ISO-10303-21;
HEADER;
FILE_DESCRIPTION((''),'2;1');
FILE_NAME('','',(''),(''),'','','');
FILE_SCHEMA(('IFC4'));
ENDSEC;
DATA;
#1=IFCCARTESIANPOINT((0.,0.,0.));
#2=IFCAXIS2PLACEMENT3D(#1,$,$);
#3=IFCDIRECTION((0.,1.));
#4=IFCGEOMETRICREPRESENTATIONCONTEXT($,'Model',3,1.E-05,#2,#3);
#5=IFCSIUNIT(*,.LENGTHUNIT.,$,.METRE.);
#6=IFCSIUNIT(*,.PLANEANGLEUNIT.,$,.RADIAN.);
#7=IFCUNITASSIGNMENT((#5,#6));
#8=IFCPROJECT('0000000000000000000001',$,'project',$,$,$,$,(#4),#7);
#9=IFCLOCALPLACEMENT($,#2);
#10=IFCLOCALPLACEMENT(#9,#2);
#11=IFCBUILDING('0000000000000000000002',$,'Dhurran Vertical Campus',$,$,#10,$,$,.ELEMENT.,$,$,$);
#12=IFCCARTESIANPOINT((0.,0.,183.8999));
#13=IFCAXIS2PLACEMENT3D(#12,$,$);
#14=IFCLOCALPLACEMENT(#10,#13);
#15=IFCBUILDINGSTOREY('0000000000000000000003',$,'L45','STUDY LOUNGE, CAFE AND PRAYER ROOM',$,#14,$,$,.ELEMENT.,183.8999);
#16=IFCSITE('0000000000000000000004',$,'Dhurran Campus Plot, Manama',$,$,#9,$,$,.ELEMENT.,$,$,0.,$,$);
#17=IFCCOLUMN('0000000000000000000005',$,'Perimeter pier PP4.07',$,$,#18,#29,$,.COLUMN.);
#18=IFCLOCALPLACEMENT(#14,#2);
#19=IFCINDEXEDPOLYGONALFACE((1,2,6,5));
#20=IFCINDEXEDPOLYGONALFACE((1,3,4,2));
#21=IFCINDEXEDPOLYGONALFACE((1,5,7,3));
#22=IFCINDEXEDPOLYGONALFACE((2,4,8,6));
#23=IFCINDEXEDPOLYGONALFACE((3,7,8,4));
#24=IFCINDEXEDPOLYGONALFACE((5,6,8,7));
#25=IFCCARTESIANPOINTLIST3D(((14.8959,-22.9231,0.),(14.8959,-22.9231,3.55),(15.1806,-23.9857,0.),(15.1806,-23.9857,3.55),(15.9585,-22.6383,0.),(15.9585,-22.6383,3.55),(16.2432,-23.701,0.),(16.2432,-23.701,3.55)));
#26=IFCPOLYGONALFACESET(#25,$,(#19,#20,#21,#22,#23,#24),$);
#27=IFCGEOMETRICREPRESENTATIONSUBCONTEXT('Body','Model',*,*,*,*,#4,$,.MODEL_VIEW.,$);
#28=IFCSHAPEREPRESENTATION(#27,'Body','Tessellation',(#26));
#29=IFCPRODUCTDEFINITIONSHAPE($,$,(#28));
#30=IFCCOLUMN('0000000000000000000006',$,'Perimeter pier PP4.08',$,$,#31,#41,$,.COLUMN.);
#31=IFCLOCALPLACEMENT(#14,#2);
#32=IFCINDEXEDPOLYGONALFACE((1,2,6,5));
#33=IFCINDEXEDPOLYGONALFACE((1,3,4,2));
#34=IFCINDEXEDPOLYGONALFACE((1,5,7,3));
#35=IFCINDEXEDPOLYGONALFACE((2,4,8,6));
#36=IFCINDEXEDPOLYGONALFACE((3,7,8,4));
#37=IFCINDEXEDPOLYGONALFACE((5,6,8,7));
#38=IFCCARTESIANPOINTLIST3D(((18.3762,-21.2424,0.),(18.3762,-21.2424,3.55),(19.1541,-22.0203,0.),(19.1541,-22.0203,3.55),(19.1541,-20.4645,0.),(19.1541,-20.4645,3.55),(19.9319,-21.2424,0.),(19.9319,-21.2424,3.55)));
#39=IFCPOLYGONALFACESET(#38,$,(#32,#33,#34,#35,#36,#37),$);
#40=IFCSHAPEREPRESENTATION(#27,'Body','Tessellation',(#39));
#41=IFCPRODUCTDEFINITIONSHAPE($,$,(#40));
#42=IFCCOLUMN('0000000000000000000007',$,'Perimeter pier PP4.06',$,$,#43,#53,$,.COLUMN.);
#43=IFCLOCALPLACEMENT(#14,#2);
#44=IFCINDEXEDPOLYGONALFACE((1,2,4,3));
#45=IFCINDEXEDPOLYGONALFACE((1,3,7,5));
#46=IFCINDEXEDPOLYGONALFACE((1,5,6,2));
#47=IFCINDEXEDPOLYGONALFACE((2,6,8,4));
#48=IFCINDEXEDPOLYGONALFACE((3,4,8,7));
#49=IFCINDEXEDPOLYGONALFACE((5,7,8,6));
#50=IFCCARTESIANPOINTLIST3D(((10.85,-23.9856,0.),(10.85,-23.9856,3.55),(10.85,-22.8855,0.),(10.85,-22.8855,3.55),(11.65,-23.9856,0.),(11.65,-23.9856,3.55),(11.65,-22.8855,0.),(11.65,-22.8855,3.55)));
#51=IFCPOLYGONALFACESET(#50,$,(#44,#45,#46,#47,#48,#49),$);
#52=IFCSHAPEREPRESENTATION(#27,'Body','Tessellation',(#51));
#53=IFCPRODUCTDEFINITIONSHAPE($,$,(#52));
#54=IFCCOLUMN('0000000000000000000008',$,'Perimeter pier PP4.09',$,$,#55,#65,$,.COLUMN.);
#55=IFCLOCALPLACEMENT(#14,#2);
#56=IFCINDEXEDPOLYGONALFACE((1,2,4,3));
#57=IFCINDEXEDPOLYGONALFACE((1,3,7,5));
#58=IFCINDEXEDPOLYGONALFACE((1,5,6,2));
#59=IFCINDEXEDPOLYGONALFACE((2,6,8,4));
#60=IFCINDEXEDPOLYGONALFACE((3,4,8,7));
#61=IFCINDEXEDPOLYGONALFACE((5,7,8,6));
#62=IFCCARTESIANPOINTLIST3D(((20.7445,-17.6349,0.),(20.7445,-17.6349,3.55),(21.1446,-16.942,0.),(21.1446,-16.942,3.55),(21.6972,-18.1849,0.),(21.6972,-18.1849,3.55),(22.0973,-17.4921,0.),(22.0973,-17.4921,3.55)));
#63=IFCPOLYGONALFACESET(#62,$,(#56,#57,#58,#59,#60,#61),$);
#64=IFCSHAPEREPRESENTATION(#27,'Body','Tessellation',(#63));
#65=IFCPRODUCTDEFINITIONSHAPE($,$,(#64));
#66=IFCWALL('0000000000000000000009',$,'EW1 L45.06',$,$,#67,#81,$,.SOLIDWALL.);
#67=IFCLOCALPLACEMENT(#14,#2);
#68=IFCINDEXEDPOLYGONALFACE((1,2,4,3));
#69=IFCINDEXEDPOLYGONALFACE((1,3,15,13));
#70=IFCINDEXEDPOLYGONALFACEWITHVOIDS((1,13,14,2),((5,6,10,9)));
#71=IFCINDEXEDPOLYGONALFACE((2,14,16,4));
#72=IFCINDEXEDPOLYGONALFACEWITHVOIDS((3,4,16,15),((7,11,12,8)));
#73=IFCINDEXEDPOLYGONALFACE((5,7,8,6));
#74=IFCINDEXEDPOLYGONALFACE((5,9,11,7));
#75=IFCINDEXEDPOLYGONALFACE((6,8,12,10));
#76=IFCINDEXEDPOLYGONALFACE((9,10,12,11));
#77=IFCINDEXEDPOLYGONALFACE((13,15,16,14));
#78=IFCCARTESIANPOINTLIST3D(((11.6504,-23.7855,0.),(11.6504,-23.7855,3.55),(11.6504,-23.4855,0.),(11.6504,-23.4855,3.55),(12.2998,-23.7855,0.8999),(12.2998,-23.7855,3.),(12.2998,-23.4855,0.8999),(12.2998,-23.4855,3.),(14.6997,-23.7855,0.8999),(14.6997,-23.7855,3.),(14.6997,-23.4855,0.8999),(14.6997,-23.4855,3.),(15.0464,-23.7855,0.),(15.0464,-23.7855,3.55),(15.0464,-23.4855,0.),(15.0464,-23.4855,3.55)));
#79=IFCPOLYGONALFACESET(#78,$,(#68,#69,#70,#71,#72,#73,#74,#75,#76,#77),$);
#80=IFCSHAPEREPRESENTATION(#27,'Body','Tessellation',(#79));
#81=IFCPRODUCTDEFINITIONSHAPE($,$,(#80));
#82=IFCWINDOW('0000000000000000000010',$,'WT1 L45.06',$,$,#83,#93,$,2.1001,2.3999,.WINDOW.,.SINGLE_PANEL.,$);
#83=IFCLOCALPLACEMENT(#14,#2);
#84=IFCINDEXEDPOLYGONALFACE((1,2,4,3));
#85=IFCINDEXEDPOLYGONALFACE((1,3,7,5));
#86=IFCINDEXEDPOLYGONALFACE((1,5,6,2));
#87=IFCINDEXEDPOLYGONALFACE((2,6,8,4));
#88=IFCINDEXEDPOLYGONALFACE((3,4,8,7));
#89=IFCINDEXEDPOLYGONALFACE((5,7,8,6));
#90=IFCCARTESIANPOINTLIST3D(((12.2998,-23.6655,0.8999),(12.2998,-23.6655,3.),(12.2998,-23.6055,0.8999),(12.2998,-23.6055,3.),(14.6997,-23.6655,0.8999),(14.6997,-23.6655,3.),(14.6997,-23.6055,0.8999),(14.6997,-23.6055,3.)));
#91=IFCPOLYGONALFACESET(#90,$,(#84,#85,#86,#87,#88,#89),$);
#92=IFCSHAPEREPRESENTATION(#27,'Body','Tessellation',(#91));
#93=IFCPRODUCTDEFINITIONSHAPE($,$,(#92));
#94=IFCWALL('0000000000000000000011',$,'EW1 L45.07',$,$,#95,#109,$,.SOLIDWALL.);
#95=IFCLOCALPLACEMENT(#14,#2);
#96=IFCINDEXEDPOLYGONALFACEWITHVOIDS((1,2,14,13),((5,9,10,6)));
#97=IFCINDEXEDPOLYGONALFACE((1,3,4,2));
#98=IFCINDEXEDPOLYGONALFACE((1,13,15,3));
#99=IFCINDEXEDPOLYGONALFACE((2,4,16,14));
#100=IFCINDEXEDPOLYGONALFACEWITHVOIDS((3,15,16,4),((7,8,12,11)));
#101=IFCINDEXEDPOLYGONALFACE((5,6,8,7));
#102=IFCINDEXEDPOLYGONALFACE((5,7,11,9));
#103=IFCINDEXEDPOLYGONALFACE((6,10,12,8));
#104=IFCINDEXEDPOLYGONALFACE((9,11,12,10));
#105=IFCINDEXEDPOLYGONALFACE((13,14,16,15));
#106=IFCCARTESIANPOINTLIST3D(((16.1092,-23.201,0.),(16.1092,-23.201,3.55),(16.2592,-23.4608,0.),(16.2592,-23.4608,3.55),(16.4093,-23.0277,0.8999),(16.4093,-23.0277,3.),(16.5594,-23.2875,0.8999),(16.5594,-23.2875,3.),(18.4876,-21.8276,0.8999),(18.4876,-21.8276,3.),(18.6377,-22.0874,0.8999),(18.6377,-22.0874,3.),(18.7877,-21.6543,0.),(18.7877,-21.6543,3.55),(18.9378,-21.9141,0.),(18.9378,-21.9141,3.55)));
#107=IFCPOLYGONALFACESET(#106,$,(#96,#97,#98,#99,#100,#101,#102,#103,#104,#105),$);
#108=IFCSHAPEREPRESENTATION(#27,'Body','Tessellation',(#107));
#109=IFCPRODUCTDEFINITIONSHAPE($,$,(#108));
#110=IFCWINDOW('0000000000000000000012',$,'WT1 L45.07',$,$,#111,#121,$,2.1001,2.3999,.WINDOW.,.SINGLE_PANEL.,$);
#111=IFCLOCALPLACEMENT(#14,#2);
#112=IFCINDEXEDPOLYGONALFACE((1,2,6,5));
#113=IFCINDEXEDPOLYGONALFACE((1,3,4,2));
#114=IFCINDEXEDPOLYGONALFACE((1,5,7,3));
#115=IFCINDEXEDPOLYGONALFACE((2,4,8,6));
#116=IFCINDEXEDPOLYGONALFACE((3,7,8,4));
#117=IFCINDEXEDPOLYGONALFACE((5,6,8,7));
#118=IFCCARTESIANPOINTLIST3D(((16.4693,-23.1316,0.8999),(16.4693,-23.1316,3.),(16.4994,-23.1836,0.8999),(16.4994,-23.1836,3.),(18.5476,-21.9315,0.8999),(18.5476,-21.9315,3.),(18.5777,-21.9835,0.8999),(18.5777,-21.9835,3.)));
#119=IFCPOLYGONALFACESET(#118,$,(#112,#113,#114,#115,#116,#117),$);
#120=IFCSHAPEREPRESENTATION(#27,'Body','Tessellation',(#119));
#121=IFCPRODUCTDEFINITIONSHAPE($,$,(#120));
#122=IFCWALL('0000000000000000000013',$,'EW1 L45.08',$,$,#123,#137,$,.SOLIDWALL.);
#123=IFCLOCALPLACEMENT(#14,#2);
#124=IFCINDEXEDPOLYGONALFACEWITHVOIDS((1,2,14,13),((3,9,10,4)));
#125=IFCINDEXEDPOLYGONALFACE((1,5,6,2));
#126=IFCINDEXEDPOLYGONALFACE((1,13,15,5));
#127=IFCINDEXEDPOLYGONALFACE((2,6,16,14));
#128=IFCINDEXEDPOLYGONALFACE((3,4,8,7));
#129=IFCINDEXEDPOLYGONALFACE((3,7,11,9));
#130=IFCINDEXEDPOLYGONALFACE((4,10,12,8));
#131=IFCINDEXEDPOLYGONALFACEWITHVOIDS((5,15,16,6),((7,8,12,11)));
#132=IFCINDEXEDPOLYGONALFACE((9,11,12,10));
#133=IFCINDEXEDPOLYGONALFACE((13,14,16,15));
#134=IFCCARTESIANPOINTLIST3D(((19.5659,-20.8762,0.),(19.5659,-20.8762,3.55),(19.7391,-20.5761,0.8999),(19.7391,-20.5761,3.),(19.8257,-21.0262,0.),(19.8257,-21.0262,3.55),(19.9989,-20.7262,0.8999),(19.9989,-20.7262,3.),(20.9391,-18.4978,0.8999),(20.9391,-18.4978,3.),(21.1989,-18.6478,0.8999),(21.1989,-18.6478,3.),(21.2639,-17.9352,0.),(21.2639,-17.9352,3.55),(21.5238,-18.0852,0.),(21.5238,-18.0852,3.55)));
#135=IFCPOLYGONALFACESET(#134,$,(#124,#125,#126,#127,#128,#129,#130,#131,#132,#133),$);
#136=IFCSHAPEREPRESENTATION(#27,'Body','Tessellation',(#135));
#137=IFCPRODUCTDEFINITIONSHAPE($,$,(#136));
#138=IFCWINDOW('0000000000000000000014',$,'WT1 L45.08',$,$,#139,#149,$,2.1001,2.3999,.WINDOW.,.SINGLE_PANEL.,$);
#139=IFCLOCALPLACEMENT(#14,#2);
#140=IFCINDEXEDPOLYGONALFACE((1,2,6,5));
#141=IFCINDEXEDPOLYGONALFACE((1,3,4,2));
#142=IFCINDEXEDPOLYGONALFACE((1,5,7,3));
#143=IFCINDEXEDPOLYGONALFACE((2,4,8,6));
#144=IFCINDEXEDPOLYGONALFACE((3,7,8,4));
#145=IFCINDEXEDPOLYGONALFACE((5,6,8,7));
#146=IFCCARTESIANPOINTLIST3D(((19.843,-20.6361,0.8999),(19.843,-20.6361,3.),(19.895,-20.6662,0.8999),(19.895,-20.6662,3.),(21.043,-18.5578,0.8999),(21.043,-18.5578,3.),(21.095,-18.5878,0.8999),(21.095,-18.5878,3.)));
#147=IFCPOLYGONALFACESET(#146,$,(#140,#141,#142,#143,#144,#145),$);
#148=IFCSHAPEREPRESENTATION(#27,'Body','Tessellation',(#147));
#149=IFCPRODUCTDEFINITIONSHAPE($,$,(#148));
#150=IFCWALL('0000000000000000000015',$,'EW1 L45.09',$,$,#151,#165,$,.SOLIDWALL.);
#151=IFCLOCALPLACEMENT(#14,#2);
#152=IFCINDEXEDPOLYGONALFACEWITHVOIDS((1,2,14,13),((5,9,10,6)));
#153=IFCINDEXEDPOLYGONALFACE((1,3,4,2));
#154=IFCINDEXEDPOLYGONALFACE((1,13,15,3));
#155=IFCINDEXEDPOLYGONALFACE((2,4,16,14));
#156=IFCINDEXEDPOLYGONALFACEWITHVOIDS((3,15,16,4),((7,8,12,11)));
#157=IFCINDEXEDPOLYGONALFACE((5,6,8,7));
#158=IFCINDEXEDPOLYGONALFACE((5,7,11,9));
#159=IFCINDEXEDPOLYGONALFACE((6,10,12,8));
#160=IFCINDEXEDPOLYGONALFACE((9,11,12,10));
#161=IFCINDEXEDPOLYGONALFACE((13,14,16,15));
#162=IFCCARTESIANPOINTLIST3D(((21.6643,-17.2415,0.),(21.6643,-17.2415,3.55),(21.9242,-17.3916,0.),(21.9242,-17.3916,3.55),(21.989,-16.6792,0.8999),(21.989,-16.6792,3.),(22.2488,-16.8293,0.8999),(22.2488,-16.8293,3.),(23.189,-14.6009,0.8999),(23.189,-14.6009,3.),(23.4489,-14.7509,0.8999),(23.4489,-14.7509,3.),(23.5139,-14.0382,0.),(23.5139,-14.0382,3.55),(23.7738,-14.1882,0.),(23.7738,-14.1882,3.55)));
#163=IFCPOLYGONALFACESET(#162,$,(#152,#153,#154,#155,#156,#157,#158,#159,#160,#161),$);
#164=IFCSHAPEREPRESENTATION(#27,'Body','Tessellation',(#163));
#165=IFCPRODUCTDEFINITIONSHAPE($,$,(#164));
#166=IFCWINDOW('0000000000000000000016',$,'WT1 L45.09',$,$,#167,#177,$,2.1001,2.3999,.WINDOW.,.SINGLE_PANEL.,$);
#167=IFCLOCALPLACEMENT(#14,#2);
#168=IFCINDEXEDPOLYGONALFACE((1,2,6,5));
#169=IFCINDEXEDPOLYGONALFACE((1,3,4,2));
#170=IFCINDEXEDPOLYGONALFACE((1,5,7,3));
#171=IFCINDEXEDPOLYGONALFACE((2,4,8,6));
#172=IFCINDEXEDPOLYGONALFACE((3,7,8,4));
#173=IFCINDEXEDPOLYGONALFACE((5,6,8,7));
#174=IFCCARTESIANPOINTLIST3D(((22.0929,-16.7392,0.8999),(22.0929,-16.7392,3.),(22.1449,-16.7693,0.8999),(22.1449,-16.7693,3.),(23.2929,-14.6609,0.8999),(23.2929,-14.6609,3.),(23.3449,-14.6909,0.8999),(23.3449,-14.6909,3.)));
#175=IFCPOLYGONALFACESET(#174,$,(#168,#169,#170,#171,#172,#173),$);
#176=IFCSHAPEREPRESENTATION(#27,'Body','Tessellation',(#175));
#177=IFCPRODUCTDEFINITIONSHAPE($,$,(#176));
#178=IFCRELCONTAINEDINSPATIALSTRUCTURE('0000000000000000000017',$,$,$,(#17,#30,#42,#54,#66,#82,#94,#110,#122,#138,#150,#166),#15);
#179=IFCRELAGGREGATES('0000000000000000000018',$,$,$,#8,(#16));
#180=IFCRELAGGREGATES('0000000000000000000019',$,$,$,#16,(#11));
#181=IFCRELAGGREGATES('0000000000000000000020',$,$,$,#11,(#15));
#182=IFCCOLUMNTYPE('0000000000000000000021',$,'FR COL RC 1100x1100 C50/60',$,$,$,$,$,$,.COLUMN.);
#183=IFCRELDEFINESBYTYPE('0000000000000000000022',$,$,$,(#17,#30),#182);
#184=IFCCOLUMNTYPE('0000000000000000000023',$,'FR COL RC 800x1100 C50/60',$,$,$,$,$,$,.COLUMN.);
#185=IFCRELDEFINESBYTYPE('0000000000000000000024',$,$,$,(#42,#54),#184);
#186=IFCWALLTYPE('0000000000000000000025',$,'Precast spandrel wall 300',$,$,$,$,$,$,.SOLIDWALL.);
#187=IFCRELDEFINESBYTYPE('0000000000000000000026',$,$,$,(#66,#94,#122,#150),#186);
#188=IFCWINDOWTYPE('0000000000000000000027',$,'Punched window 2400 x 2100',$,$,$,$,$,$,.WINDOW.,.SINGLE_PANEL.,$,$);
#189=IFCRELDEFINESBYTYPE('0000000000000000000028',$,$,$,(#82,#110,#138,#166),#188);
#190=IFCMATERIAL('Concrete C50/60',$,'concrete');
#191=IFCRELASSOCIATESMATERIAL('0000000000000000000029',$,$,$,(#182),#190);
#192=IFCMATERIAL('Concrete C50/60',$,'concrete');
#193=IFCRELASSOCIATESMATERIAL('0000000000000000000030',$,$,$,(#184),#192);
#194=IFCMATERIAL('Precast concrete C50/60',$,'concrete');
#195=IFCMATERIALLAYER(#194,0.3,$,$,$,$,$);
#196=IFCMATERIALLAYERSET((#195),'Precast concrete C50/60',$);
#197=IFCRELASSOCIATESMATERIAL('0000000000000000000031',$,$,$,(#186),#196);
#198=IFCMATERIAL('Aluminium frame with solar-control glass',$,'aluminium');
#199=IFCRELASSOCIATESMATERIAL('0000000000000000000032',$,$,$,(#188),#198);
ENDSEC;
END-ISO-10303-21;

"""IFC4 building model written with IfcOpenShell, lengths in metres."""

from ifc_helpers import new_model, si_unit, direction, frame, frame_2d, origin, origin_2d, place, context, subcontext, project, spatial, rectangle, extrude, material, layer, layer_set, material_profile, profile_set, type_object, element, fill, save


model = new_model("IFC4")

# Units and contexts
model_context = context("Model", 3, precision=1e-05, world=origin(), true_north=direction((0.0, 1.0)))
body_context = subcontext(model_context, "Body", "Model", "MODEL_VIEW")
ifc_project = project(units=[si_unit("LENGTHUNIT", "METRE"), si_unit("PLANEANGLEUNIT", "RADIAN")], contexts=[model_context])

# Site, building, storey
site_placement = place(None, origin())
site = spatial("IfcSite", under=ifc_project, at=site_placement, Name="Dhurran Campus Plot, Manama", CompositionType="ELEMENT", RefElevation=0.0)
building_placement = place(site_placement, origin())
building = spatial("IfcBuilding", under=site, at=building_placement, Name="Dhurran Vertical Campus", CompositionType="ELEMENT")
storey_placement = place(building_placement, frame((0.0, 0.0, 183.8999)))
storey = spatial("IfcBuildingStorey", under=building, at=storey_placement, Name="L45", Description="STUDY LOUNGE, CAFE AND PRAYER ROOM", CompositionType="ELEMENT", Elevation=183.8999)

# Columns
ifc_material_1 = material(Name="Concrete C50/60", Category="concrete")
ifc_material_profile_1 = material_profile(ifc_material_1, rectangle(XDim=1.1001, YDim=1.1001, at=origin_2d()), Name="RC 1100x1100")
ifc_profile_set_1 = profile_set([ifc_material_profile_1], Name="Concrete C50/60")
column_type_1 = type_object("IfcColumnType", Name="FR COL RC 1100x1100 C50/60", PredefinedType="COLUMN", material=ifc_profile_set_1)
for number, where, z_axis, x_axis, name in (
    (1, (15.5696, -23.312, 0.0), (0.0, 0.0, 1.0), (0.965926, 0.258819, 0.0), "Perimeter pier PP4.07"),
    (2, (19.1541, -21.2424, 0.0), (0.0, 0.0, 1.0), (0.707107, 0.707107, 0.0), "Perimeter pier PP4.08"),
):
    element("IfcColumn", number, at=place(storey_placement, frame(where, z_axis=z_axis, x_axis=x_axis)), inside=storey, type_object=column_type_1, Name=name, PredefinedType="COLUMN", context=body_context, shape_type="SweptSolid", body=[
        extrude(rectangle(XDim=1.1001, YDim=1.1001, at=origin_2d()), origin(), (0.0, 0.0, 1.0), 3.55),
    ])
ifc_material_2 = material(Name="Concrete C50/60", Category="concrete")
ifc_material_profile_2 = material_profile(ifc_material_2, rectangle(XDim=0.8, YDim=1.1001, at=origin_2d()), Name="RC 800x1100")
ifc_profile_set_2 = profile_set([ifc_material_profile_2], Name="Concrete C50/60")
column_type_2 = type_object("IfcColumnType", Name="FR COL RC 800x1100 C50/60", PredefinedType="COLUMN", material=ifc_profile_set_2)
for number, where, z_axis, x_axis, name in (
    (3, (11.25, -23.4355, 0.0), (0.0, 0.0, 1.0), (1.0, 0.0, 0.0), "Perimeter pier PP4.06"),
    (4, (21.4209, -17.5635, 0.0), (0.0, 0.0, 1.0), (0.5, 0.866025, 0.0), "Perimeter pier PP4.09"),
):
    element("IfcColumn", number, at=place(storey_placement, frame(where, z_axis=z_axis, x_axis=x_axis)), inside=storey, type_object=column_type_2, Name=name, PredefinedType="COLUMN", context=body_context, shape_type="SweptSolid", body=[
        extrude(rectangle(XDim=0.8, YDim=1.1001, at=origin_2d()), origin(), (0.0, 0.0, 1.0), 3.55),
    ])

# Walls, openings, windows
ifc_material_3 = material(Name="Precast concrete C50/60", Category="concrete")
ifc_layer_1 = layer(ifc_material_3, 0.3)
ifc_layer_set_1 = layer_set([ifc_layer_1], Name="Precast concrete C50/60")
wall_type_1 = type_object("IfcWallType", Name="Precast spandrel wall 300", PredefinedType="SOLIDWALL", material=ifc_layer_set_1)
wall_1_placement = place(storey_placement, frame((11.6504, -23.6355, 0.0), z_axis=(0.0, 0.0, 1.0), x_axis=(1.0, 0.0, 0.0)))
wall_1 = element("IfcWall", 5, at=wall_1_placement, inside=storey, type_object=wall_type_1, Name="EW1 L45.06", PredefinedType="SOLIDWALL", context=body_context, shape_type="SweptSolid", body=[
    extrude(rectangle(XDim=3.396, YDim=0.3, at=frame_2d((1.698, 0.0))), origin(), (0.0, 0.0, 1.0), 3.55),
])
opening_1_placement = place(wall_1_placement, frame((0.6494, 0.0, 0.8999)))
opening_1 = element("IfcOpeningElement", 6, at=opening_1_placement, cuts=wall_1, PredefinedType="OPENING", context=body_context, shape_type="SweptSolid", body=[
    extrude(rectangle(XDim=2.3999, YDim=2.1001, at=frame_2d((1.2, 1.05))), frame((0.0, 0.1599, 0.0), z_axis=(0.0, -1.0, 0.0), x_axis=(1.0, 0.0, 0.0)), (0.0, 0.0, 1.0), 0.3201),
])
ifc_material_4 = material(Name="Aluminium frame with solar-control glass", Category="aluminium")
window_type = type_object("IfcWindowType", Name="Punched window 2400 x 2100", PartitioningType="SINGLE_PANEL", PredefinedType="WINDOW", material=ifc_material_4)
window_1_placement = place(opening_1_placement, origin())
window_1 = element("IfcWindow", 7, at=window_1_placement, inside=storey, type_object=window_type, Name="WT1 L45.06", OverallHeight=2.1001, OverallWidth=2.3999, PartitioningType="SINGLE_PANEL", PredefinedType="WINDOW", context=body_context, shape_type="SweptSolid", body=[
    extrude(rectangle(XDim=2.3999, YDim=2.1001, at=frame_2d((1.2, 1.05))), frame((0.0, 0.03, 0.0), z_axis=(0.0, -1.0, 0.0), x_axis=(1.0, 0.0, 0.0)), (0.0, 0.0, 1.0), 0.0601),
])
fill(opening_1, window_1)
wall_2_placement = place(storey_placement, frame((16.1843, -23.3308, 0.0), z_axis=(0.0, 0.0, 1.0), x_axis=(0.865995, 0.500053, 0.0)))
wall_2 = element("IfcWall", 8, at=wall_2_placement, inside=storey, type_object=wall_type_1, Name="EW1 L45.07", PredefinedType="SOLIDWALL", context=body_context, shape_type="SweptSolid", body=[
    extrude(rectangle(XDim=3.093, YDim=0.3, at=frame_2d((1.5464, 0.0))), origin(), (0.0, 0.0, 1.0), 3.55),
])
opening_2_placement = place(wall_2_placement, frame((0.3464, 0.0, 0.8999)))
opening_2 = element("IfcOpeningElement", 9, at=opening_2_placement, cuts=wall_2, PredefinedType="OPENING", context=body_context, shape_type="SweptSolid", body=[
    extrude(rectangle(XDim=2.3999, YDim=2.1001, at=frame_2d((1.2, 1.05))), frame((0.0, 0.1599, 0.0), z_axis=(0.0, -1.0, 0.0), x_axis=(1.0, 0.0, 0.0)), (0.0, 0.0, 1.0), 0.3201),
])
window_2_placement = place(opening_2_placement, origin())
window_2 = element("IfcWindow", 10, at=window_2_placement, inside=storey, type_object=window_type, Name="WT1 L45.07", OverallHeight=2.1001, OverallWidth=2.3999, PartitioningType="SINGLE_PANEL", PredefinedType="WINDOW", context=body_context, shape_type="SweptSolid", body=[
    extrude(rectangle(XDim=2.3999, YDim=2.1001, at=frame_2d((1.2, 1.05))), frame((0.0, 0.03, 0.0), z_axis=(0.0, -1.0, 0.0), x_axis=(1.0, 0.0, 0.0)), (0.0, 0.0, 1.0), 0.0601),
])
fill(opening_2, window_2)
wall_3_placement = place(storey_placement, frame((19.6958, -20.9512, 0.0), z_axis=(0.0, 0.0, 1.0), x_axis=(0.500013, 0.866018, 0.0)))
wall_3 = element("IfcWall", 11, at=wall_3_placement, inside=storey, type_object=wall_type_1, Name="EW1 L45.08", PredefinedType="SOLIDWALL", context=body_context, shape_type="SweptSolid", body=[
    extrude(rectangle(XDim=3.396, YDim=0.3, at=frame_2d((1.698, 0.0))), origin(), (0.0, 0.0, 1.0), 3.55),
])
opening_3_placement = place(wall_3_placement, frame((0.3464, 0.0, 0.8999)))
opening_3 = element("IfcOpeningElement", 12, at=opening_3_placement, cuts=wall_3, PredefinedType="OPENING", context=body_context, shape_type="SweptSolid", body=[
    extrude(rectangle(XDim=2.3999, YDim=2.1001, at=frame_2d((1.2, 1.05))), frame((0.0, 0.1599, 0.0), z_axis=(0.0, -1.0, 0.0), x_axis=(1.0, 0.0, 0.0)), (0.0, 0.0, 1.0), 0.3201),
])
window_3_placement = place(opening_3_placement, origin())
window_3 = element("IfcWindow", 13, at=window_3_placement, inside=storey, type_object=window_type, Name="WT1 L45.08", OverallHeight=2.1001, OverallWidth=2.3999, PartitioningType="SINGLE_PANEL", PredefinedType="WINDOW", context=body_context, shape_type="SweptSolid", body=[
    extrude(rectangle(XDim=2.3999, YDim=2.1001, at=frame_2d((1.2, 1.05))), frame((0.0, 0.03, 0.0), z_axis=(0.0, -1.0, 0.0), x_axis=(1.0, 0.0, 0.0)), (0.0, 0.0, 1.0), 0.0601),
])
fill(opening_3, window_3)
wall_4_placement = place(storey_placement, frame((21.7942, -17.3167, 0.0), z_axis=(0.0, 0.0, 1.0), x_axis=(0.500029, 0.866009, 0.0)))
wall_4 = element("IfcWall", 14, at=wall_4_placement, inside=storey, type_object=wall_type_1, Name="EW1 L45.09", PredefinedType="SOLIDWALL", context=body_context, shape_type="SweptSolid", body=[
    extrude(rectangle(XDim=3.699, YDim=0.3, at=frame_2d((1.8496, 0.0))), origin(), (0.0, 0.0, 1.0), 3.55),
])
opening_4_placement = place(wall_4_placement, frame((0.6494, 0.0, 0.8999)))
opening_4 = element("IfcOpeningElement", 15, at=opening_4_placement, cuts=wall_4, PredefinedType="OPENING", context=body_context, shape_type="SweptSolid", body=[
    extrude(rectangle(XDim=2.3999, YDim=2.1001, at=frame_2d((1.2, 1.05))), frame((0.0, 0.1599, 0.0), z_axis=(0.0, -1.0, 0.0), x_axis=(1.0, 0.0, 0.0)), (0.0, 0.0, 1.0), 0.3201),
])
window_4_placement = place(opening_4_placement, origin())
window_4 = element("IfcWindow", 16, at=window_4_placement, inside=storey, type_object=window_type, Name="WT1 L45.09", OverallHeight=2.1001, OverallWidth=2.3999, PartitioningType="SINGLE_PANEL", PredefinedType="WINDOW", context=body_context, shape_type="SweptSolid", body=[
    extrude(rectangle(XDim=2.3999, YDim=2.1001, at=frame_2d((1.2, 1.05))), frame((0.0, 0.03, 0.0), z_axis=(0.0, -1.0, 0.0), x_axis=(1.0, 0.0, 0.0)), (0.0, 0.0, 1.0), 0.0601),
])
fill(opening_4, window_4)

save(model, "model.ifc")
